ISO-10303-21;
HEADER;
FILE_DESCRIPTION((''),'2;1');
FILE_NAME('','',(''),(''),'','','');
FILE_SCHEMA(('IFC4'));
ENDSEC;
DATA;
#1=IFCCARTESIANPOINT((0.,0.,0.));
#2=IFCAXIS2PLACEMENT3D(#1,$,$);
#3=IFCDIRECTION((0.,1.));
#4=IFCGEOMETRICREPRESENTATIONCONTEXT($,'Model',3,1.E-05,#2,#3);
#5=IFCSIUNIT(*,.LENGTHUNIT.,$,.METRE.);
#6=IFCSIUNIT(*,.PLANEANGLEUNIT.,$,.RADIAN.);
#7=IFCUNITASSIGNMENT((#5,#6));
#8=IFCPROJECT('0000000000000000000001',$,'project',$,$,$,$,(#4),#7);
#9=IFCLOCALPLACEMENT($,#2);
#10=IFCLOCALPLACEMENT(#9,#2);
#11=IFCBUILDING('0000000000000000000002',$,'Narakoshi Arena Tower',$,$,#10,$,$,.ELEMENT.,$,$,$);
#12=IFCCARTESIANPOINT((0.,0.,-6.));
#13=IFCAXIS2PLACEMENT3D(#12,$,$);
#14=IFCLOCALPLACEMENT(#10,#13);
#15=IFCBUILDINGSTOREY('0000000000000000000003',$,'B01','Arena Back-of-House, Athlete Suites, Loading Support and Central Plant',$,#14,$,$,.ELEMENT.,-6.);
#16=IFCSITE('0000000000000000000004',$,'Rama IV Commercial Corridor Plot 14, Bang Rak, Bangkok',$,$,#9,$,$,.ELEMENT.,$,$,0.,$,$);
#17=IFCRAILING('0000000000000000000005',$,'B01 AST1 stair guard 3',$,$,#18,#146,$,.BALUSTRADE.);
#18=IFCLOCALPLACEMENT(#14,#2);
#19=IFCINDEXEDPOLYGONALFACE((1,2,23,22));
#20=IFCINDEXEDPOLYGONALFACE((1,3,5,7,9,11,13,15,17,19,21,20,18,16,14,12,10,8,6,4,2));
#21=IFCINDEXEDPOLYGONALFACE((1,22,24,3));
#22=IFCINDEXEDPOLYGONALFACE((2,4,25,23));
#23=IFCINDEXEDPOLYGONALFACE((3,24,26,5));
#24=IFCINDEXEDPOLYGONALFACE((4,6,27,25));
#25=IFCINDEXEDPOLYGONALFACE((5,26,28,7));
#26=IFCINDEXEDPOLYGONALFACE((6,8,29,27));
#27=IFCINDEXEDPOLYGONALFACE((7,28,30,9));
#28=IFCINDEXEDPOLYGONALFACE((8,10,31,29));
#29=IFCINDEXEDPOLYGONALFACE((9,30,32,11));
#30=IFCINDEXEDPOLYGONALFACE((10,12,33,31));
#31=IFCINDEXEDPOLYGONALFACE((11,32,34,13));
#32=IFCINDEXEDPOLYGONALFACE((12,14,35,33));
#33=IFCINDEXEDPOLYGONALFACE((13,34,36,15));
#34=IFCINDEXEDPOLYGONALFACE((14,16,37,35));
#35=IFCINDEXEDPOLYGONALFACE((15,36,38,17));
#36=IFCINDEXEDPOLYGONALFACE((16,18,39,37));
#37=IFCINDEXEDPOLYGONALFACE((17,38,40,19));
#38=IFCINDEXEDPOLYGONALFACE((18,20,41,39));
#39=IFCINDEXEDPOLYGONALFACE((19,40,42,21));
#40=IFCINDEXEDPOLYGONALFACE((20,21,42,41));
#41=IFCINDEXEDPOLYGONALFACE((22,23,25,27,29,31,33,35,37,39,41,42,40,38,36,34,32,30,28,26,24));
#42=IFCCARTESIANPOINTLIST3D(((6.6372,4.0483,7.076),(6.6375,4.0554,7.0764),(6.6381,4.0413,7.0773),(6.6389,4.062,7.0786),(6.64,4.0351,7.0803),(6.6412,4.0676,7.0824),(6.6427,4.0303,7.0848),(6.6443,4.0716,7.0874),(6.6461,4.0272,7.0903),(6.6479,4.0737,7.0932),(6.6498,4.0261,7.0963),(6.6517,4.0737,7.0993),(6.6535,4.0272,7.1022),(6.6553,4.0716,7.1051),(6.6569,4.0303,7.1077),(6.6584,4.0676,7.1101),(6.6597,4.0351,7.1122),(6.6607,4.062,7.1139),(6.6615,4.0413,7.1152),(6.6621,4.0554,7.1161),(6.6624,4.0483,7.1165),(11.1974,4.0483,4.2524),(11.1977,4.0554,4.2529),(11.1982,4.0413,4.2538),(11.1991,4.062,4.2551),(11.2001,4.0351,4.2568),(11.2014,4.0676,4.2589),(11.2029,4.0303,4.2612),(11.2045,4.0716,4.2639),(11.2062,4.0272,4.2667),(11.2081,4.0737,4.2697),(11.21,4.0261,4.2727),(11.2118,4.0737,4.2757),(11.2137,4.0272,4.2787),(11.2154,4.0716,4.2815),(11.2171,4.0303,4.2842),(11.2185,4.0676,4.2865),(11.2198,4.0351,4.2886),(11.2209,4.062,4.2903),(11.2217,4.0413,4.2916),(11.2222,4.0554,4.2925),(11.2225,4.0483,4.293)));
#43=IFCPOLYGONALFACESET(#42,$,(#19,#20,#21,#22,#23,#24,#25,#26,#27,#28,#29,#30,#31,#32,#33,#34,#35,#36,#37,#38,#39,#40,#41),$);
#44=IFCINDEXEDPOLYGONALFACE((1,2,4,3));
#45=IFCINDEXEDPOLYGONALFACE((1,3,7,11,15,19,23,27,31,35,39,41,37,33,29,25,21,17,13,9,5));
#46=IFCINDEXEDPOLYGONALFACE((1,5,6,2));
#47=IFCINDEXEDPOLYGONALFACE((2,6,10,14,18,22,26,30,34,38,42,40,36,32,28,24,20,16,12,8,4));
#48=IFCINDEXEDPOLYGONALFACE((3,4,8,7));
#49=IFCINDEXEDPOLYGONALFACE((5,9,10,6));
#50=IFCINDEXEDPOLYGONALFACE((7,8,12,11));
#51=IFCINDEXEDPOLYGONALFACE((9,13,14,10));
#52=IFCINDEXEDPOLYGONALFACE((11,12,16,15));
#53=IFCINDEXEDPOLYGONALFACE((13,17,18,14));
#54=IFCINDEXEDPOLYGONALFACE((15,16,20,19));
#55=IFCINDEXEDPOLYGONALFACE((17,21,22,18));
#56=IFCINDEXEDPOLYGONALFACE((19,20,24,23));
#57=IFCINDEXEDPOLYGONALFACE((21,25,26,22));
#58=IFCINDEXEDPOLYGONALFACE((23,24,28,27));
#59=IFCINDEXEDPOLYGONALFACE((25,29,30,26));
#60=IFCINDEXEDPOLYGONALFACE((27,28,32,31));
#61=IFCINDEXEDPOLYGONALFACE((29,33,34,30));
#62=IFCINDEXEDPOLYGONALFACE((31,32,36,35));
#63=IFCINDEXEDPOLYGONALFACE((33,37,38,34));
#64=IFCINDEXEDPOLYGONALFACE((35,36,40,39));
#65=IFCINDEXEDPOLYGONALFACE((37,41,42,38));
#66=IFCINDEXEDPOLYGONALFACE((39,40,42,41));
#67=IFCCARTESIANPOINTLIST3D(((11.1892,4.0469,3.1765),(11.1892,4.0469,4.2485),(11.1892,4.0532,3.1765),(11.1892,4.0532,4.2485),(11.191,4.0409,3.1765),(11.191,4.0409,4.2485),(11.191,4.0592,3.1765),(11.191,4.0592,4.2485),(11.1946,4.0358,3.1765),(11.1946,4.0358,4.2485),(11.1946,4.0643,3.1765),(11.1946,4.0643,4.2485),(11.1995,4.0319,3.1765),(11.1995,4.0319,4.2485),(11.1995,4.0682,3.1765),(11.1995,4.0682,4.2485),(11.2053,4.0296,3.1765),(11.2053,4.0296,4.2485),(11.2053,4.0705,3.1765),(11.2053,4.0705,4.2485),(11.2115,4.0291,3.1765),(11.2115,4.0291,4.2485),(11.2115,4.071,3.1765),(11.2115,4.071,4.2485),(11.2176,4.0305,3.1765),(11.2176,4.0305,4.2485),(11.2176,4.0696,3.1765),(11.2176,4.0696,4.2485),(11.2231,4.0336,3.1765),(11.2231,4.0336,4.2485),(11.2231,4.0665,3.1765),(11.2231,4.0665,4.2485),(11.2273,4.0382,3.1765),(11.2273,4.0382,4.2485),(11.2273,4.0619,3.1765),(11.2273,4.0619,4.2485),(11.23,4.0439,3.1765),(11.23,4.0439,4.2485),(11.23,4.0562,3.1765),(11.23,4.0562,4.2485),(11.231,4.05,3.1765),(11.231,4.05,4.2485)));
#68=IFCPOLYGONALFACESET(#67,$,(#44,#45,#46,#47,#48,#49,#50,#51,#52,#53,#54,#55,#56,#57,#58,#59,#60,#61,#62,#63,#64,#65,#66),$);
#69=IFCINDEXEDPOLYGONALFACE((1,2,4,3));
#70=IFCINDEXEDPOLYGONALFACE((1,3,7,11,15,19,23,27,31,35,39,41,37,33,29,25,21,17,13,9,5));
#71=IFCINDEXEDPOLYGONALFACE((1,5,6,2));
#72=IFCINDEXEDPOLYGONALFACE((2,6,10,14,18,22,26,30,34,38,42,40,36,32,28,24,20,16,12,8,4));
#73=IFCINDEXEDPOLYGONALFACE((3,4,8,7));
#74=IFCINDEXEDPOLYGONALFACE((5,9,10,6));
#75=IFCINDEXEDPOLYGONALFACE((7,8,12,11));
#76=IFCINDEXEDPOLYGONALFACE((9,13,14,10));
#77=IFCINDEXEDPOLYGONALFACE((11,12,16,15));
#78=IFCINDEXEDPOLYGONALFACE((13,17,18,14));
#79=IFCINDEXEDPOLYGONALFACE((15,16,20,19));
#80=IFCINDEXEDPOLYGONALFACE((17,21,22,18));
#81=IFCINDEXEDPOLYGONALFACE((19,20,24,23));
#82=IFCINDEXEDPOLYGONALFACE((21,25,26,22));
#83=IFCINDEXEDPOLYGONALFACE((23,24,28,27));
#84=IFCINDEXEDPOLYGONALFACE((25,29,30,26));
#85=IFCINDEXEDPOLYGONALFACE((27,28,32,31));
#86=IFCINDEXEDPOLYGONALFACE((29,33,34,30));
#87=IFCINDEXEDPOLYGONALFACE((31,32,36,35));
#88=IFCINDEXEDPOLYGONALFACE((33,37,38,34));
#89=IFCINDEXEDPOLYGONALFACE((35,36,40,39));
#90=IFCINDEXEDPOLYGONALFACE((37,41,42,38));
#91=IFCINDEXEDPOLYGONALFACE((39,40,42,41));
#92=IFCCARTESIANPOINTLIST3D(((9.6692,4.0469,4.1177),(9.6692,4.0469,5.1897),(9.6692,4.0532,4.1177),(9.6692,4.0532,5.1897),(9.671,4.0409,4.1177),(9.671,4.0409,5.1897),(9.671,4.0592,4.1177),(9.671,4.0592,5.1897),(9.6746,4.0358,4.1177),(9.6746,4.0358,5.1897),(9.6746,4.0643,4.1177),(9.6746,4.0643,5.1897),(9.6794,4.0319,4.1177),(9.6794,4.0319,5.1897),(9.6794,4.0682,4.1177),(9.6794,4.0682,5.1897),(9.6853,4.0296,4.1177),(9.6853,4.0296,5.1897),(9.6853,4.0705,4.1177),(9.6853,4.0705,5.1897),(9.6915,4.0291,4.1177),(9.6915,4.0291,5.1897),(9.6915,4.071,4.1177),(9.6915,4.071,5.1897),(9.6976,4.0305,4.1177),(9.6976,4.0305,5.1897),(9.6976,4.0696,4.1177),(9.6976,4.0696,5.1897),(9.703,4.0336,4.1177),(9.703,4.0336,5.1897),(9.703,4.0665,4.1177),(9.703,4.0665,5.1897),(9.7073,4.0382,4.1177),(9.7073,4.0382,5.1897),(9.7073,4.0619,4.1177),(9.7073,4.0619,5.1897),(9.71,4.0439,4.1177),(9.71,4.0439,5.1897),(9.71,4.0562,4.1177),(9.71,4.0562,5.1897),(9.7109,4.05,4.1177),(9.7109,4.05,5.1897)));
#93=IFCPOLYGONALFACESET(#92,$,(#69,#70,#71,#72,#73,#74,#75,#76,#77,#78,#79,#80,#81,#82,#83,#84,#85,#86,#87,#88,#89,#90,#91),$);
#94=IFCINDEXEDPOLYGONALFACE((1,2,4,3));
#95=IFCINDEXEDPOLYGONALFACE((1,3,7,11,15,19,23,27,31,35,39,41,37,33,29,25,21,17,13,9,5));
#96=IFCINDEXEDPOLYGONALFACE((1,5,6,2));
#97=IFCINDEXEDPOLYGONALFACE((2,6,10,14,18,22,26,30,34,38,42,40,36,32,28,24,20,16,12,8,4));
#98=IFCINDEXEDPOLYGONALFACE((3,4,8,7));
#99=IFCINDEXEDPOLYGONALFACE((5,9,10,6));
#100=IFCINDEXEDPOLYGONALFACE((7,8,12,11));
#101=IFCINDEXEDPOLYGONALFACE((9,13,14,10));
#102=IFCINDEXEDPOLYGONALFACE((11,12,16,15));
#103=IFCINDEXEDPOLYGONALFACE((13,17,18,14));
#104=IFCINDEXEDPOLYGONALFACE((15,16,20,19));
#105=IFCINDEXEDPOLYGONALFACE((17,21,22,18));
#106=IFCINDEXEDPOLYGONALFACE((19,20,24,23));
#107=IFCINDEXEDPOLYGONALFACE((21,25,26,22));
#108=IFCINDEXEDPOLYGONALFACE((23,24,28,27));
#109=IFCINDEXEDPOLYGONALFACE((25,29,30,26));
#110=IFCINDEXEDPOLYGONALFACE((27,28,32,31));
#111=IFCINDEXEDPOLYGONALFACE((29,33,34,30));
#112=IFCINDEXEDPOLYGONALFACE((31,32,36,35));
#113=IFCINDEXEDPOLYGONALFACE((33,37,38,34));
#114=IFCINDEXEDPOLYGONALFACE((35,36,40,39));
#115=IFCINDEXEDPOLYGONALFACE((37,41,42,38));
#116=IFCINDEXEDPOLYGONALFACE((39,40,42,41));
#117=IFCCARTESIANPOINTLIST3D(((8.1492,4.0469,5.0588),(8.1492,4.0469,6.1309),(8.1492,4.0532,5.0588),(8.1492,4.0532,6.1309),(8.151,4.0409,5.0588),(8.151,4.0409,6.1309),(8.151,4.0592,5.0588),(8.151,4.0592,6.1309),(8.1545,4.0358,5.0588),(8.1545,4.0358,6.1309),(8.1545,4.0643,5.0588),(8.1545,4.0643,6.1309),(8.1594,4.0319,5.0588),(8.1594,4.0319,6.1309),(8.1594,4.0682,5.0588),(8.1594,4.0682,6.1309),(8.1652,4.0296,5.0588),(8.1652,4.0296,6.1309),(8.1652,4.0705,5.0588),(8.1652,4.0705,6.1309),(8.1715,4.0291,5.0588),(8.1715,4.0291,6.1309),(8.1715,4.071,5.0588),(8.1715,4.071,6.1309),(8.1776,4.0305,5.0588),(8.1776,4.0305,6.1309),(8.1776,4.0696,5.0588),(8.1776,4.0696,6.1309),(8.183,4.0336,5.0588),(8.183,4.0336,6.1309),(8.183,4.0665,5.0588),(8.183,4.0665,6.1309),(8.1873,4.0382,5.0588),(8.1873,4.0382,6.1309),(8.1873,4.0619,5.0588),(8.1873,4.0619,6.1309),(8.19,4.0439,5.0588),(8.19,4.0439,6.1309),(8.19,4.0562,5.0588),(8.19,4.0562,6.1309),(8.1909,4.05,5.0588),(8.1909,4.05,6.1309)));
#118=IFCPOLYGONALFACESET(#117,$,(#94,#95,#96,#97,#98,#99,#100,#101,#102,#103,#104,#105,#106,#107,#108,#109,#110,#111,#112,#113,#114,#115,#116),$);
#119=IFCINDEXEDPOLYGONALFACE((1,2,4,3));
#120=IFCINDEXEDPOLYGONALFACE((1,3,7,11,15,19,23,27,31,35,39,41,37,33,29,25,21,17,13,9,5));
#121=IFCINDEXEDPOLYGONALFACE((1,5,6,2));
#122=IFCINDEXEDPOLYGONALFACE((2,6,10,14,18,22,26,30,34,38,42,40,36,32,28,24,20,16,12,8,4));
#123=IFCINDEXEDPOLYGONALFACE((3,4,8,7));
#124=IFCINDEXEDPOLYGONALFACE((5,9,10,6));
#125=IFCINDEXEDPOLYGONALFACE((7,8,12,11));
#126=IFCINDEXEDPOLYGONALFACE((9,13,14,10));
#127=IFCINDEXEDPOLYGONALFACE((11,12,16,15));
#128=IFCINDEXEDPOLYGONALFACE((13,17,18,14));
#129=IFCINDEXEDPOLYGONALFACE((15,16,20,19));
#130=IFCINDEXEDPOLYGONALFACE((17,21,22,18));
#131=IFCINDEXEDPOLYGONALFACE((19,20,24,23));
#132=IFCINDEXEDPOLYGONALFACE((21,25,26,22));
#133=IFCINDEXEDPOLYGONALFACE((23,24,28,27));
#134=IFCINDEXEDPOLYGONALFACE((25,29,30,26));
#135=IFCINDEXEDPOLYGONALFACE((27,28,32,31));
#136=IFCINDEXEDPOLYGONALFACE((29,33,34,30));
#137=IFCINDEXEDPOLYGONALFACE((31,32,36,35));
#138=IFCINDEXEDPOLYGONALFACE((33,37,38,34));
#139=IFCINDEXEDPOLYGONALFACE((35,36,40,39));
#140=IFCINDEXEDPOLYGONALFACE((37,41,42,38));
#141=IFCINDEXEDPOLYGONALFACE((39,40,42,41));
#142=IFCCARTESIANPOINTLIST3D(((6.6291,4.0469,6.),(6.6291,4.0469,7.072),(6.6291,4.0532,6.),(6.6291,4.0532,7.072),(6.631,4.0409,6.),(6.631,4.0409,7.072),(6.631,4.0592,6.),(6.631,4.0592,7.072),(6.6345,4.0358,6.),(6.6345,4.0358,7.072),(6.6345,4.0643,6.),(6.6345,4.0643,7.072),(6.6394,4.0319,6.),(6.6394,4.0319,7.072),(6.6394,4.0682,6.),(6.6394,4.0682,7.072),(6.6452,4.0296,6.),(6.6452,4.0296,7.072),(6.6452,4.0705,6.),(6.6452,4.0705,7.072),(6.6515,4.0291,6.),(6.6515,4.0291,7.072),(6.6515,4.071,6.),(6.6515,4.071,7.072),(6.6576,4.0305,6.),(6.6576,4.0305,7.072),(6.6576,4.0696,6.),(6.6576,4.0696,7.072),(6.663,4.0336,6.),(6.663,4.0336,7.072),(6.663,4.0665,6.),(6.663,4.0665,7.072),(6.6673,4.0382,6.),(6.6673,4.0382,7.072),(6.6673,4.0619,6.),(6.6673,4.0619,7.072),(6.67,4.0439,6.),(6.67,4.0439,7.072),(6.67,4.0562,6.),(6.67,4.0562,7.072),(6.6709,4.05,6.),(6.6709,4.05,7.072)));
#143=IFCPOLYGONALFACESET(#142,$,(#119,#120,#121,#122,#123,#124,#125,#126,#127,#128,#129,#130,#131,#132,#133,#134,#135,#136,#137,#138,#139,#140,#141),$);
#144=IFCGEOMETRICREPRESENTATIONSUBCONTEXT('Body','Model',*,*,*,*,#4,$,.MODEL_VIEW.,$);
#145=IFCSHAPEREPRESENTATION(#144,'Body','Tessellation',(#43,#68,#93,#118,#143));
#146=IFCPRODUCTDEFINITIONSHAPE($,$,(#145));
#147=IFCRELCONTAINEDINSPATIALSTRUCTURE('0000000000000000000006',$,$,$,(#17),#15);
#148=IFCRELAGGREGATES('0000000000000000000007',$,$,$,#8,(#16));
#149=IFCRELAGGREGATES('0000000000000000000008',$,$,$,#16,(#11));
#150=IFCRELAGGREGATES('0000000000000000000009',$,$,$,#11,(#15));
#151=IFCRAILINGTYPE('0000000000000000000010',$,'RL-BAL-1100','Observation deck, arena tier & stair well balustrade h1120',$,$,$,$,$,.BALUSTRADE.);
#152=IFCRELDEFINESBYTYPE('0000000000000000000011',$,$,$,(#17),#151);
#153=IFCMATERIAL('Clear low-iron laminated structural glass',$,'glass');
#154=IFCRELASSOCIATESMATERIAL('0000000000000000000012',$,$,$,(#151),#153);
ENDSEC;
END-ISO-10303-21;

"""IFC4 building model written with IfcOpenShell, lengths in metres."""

from ifc_helpers import new_model, si_unit, direction, frame, origin, origin_2d, place, context, subcontext, project, spatial, circle, extrude, material, type_object, element, save


model = new_model("IFC4")

# Units and contexts
model_context = context("Model", 3, precision=1e-05, world=origin(), true_north=direction((0.0, 1.0)))
body_context = subcontext(model_context, "Body", "Model", "MODEL_VIEW")
ifc_project = project(units=[si_unit("LENGTHUNIT", "METRE"), si_unit("PLANEANGLEUNIT", "RADIAN")], contexts=[model_context])

# Site, building, storey
site_placement = place(None, origin())
site = spatial("IfcSite", under=ifc_project, at=site_placement, Name="Rama IV Commercial Corridor Plot 14, Bang Rak, Bangkok", CompositionType="ELEMENT", RefElevation=0.0)
building_placement = place(site_placement, origin())
building = spatial("IfcBuilding", under=site, at=building_placement, Name="Narakoshi Arena Tower", CompositionType="ELEMENT")
storey_placement = place(building_placement, frame((0.0, 0.0, -6.0)))
storey = spatial("IfcBuildingStorey", under=building, at=storey_placement, Name="B01", Description="Arena Back-of-House, Athlete Suites, Loading Support and Central Plant", CompositionType="ELEMENT", Elevation=-6.0)

# Railing
ifc_material_1 = material(Name="Clear low-iron laminated structural glass", Category="glass")
railing_type_1 = type_object("IfcRailingType", Name="RL-BAL-1100", Description="Observation deck, arena tier & stair well balustrade h1120", PredefinedType="BALUSTRADE", material=ifc_material_1)
railing_1_placement = place(storey_placement, frame((11.21, 4.05, 3.1765)))
element("IfcRailing", 1, at=railing_1_placement, inside=storey, type_object=railing_type_1, Name="B01 AST1 stair guard 3", PredefinedType="BALUSTRADE", context=body_context, shape_type="SweptSolid", body=[
    extrude(circle(Radius=0.0239, at=origin_2d()), frame((0.0, 0.0, 1.0962), z_axis=(-0.850216, 0.0, 0.526435), x_axis=(0.0, -1.0, 0.0)), (0.0, 0.0, 1.0), 5.3635),
    extrude(circle(Radius=0.021, at=origin_2d()), origin(), (0.0, 0.0, 1.0), 1.072),
    extrude(circle(Radius=0.021, at=origin_2d()), frame((-1.52, 0.0, 0.9412)), (0.0, 0.0, 1.0), 1.072),
    extrude(circle(Radius=0.021, at=origin_2d()), frame((-3.04, 0.0, 1.8823)), (0.0, 0.0, 1.0), 1.072),
    extrude(circle(Radius=0.021, at=origin_2d()), frame((-4.5601, 0.0, 2.8235)), (0.0, 0.0, 1.0), 1.072),
])

save(model, "model.ifc")
